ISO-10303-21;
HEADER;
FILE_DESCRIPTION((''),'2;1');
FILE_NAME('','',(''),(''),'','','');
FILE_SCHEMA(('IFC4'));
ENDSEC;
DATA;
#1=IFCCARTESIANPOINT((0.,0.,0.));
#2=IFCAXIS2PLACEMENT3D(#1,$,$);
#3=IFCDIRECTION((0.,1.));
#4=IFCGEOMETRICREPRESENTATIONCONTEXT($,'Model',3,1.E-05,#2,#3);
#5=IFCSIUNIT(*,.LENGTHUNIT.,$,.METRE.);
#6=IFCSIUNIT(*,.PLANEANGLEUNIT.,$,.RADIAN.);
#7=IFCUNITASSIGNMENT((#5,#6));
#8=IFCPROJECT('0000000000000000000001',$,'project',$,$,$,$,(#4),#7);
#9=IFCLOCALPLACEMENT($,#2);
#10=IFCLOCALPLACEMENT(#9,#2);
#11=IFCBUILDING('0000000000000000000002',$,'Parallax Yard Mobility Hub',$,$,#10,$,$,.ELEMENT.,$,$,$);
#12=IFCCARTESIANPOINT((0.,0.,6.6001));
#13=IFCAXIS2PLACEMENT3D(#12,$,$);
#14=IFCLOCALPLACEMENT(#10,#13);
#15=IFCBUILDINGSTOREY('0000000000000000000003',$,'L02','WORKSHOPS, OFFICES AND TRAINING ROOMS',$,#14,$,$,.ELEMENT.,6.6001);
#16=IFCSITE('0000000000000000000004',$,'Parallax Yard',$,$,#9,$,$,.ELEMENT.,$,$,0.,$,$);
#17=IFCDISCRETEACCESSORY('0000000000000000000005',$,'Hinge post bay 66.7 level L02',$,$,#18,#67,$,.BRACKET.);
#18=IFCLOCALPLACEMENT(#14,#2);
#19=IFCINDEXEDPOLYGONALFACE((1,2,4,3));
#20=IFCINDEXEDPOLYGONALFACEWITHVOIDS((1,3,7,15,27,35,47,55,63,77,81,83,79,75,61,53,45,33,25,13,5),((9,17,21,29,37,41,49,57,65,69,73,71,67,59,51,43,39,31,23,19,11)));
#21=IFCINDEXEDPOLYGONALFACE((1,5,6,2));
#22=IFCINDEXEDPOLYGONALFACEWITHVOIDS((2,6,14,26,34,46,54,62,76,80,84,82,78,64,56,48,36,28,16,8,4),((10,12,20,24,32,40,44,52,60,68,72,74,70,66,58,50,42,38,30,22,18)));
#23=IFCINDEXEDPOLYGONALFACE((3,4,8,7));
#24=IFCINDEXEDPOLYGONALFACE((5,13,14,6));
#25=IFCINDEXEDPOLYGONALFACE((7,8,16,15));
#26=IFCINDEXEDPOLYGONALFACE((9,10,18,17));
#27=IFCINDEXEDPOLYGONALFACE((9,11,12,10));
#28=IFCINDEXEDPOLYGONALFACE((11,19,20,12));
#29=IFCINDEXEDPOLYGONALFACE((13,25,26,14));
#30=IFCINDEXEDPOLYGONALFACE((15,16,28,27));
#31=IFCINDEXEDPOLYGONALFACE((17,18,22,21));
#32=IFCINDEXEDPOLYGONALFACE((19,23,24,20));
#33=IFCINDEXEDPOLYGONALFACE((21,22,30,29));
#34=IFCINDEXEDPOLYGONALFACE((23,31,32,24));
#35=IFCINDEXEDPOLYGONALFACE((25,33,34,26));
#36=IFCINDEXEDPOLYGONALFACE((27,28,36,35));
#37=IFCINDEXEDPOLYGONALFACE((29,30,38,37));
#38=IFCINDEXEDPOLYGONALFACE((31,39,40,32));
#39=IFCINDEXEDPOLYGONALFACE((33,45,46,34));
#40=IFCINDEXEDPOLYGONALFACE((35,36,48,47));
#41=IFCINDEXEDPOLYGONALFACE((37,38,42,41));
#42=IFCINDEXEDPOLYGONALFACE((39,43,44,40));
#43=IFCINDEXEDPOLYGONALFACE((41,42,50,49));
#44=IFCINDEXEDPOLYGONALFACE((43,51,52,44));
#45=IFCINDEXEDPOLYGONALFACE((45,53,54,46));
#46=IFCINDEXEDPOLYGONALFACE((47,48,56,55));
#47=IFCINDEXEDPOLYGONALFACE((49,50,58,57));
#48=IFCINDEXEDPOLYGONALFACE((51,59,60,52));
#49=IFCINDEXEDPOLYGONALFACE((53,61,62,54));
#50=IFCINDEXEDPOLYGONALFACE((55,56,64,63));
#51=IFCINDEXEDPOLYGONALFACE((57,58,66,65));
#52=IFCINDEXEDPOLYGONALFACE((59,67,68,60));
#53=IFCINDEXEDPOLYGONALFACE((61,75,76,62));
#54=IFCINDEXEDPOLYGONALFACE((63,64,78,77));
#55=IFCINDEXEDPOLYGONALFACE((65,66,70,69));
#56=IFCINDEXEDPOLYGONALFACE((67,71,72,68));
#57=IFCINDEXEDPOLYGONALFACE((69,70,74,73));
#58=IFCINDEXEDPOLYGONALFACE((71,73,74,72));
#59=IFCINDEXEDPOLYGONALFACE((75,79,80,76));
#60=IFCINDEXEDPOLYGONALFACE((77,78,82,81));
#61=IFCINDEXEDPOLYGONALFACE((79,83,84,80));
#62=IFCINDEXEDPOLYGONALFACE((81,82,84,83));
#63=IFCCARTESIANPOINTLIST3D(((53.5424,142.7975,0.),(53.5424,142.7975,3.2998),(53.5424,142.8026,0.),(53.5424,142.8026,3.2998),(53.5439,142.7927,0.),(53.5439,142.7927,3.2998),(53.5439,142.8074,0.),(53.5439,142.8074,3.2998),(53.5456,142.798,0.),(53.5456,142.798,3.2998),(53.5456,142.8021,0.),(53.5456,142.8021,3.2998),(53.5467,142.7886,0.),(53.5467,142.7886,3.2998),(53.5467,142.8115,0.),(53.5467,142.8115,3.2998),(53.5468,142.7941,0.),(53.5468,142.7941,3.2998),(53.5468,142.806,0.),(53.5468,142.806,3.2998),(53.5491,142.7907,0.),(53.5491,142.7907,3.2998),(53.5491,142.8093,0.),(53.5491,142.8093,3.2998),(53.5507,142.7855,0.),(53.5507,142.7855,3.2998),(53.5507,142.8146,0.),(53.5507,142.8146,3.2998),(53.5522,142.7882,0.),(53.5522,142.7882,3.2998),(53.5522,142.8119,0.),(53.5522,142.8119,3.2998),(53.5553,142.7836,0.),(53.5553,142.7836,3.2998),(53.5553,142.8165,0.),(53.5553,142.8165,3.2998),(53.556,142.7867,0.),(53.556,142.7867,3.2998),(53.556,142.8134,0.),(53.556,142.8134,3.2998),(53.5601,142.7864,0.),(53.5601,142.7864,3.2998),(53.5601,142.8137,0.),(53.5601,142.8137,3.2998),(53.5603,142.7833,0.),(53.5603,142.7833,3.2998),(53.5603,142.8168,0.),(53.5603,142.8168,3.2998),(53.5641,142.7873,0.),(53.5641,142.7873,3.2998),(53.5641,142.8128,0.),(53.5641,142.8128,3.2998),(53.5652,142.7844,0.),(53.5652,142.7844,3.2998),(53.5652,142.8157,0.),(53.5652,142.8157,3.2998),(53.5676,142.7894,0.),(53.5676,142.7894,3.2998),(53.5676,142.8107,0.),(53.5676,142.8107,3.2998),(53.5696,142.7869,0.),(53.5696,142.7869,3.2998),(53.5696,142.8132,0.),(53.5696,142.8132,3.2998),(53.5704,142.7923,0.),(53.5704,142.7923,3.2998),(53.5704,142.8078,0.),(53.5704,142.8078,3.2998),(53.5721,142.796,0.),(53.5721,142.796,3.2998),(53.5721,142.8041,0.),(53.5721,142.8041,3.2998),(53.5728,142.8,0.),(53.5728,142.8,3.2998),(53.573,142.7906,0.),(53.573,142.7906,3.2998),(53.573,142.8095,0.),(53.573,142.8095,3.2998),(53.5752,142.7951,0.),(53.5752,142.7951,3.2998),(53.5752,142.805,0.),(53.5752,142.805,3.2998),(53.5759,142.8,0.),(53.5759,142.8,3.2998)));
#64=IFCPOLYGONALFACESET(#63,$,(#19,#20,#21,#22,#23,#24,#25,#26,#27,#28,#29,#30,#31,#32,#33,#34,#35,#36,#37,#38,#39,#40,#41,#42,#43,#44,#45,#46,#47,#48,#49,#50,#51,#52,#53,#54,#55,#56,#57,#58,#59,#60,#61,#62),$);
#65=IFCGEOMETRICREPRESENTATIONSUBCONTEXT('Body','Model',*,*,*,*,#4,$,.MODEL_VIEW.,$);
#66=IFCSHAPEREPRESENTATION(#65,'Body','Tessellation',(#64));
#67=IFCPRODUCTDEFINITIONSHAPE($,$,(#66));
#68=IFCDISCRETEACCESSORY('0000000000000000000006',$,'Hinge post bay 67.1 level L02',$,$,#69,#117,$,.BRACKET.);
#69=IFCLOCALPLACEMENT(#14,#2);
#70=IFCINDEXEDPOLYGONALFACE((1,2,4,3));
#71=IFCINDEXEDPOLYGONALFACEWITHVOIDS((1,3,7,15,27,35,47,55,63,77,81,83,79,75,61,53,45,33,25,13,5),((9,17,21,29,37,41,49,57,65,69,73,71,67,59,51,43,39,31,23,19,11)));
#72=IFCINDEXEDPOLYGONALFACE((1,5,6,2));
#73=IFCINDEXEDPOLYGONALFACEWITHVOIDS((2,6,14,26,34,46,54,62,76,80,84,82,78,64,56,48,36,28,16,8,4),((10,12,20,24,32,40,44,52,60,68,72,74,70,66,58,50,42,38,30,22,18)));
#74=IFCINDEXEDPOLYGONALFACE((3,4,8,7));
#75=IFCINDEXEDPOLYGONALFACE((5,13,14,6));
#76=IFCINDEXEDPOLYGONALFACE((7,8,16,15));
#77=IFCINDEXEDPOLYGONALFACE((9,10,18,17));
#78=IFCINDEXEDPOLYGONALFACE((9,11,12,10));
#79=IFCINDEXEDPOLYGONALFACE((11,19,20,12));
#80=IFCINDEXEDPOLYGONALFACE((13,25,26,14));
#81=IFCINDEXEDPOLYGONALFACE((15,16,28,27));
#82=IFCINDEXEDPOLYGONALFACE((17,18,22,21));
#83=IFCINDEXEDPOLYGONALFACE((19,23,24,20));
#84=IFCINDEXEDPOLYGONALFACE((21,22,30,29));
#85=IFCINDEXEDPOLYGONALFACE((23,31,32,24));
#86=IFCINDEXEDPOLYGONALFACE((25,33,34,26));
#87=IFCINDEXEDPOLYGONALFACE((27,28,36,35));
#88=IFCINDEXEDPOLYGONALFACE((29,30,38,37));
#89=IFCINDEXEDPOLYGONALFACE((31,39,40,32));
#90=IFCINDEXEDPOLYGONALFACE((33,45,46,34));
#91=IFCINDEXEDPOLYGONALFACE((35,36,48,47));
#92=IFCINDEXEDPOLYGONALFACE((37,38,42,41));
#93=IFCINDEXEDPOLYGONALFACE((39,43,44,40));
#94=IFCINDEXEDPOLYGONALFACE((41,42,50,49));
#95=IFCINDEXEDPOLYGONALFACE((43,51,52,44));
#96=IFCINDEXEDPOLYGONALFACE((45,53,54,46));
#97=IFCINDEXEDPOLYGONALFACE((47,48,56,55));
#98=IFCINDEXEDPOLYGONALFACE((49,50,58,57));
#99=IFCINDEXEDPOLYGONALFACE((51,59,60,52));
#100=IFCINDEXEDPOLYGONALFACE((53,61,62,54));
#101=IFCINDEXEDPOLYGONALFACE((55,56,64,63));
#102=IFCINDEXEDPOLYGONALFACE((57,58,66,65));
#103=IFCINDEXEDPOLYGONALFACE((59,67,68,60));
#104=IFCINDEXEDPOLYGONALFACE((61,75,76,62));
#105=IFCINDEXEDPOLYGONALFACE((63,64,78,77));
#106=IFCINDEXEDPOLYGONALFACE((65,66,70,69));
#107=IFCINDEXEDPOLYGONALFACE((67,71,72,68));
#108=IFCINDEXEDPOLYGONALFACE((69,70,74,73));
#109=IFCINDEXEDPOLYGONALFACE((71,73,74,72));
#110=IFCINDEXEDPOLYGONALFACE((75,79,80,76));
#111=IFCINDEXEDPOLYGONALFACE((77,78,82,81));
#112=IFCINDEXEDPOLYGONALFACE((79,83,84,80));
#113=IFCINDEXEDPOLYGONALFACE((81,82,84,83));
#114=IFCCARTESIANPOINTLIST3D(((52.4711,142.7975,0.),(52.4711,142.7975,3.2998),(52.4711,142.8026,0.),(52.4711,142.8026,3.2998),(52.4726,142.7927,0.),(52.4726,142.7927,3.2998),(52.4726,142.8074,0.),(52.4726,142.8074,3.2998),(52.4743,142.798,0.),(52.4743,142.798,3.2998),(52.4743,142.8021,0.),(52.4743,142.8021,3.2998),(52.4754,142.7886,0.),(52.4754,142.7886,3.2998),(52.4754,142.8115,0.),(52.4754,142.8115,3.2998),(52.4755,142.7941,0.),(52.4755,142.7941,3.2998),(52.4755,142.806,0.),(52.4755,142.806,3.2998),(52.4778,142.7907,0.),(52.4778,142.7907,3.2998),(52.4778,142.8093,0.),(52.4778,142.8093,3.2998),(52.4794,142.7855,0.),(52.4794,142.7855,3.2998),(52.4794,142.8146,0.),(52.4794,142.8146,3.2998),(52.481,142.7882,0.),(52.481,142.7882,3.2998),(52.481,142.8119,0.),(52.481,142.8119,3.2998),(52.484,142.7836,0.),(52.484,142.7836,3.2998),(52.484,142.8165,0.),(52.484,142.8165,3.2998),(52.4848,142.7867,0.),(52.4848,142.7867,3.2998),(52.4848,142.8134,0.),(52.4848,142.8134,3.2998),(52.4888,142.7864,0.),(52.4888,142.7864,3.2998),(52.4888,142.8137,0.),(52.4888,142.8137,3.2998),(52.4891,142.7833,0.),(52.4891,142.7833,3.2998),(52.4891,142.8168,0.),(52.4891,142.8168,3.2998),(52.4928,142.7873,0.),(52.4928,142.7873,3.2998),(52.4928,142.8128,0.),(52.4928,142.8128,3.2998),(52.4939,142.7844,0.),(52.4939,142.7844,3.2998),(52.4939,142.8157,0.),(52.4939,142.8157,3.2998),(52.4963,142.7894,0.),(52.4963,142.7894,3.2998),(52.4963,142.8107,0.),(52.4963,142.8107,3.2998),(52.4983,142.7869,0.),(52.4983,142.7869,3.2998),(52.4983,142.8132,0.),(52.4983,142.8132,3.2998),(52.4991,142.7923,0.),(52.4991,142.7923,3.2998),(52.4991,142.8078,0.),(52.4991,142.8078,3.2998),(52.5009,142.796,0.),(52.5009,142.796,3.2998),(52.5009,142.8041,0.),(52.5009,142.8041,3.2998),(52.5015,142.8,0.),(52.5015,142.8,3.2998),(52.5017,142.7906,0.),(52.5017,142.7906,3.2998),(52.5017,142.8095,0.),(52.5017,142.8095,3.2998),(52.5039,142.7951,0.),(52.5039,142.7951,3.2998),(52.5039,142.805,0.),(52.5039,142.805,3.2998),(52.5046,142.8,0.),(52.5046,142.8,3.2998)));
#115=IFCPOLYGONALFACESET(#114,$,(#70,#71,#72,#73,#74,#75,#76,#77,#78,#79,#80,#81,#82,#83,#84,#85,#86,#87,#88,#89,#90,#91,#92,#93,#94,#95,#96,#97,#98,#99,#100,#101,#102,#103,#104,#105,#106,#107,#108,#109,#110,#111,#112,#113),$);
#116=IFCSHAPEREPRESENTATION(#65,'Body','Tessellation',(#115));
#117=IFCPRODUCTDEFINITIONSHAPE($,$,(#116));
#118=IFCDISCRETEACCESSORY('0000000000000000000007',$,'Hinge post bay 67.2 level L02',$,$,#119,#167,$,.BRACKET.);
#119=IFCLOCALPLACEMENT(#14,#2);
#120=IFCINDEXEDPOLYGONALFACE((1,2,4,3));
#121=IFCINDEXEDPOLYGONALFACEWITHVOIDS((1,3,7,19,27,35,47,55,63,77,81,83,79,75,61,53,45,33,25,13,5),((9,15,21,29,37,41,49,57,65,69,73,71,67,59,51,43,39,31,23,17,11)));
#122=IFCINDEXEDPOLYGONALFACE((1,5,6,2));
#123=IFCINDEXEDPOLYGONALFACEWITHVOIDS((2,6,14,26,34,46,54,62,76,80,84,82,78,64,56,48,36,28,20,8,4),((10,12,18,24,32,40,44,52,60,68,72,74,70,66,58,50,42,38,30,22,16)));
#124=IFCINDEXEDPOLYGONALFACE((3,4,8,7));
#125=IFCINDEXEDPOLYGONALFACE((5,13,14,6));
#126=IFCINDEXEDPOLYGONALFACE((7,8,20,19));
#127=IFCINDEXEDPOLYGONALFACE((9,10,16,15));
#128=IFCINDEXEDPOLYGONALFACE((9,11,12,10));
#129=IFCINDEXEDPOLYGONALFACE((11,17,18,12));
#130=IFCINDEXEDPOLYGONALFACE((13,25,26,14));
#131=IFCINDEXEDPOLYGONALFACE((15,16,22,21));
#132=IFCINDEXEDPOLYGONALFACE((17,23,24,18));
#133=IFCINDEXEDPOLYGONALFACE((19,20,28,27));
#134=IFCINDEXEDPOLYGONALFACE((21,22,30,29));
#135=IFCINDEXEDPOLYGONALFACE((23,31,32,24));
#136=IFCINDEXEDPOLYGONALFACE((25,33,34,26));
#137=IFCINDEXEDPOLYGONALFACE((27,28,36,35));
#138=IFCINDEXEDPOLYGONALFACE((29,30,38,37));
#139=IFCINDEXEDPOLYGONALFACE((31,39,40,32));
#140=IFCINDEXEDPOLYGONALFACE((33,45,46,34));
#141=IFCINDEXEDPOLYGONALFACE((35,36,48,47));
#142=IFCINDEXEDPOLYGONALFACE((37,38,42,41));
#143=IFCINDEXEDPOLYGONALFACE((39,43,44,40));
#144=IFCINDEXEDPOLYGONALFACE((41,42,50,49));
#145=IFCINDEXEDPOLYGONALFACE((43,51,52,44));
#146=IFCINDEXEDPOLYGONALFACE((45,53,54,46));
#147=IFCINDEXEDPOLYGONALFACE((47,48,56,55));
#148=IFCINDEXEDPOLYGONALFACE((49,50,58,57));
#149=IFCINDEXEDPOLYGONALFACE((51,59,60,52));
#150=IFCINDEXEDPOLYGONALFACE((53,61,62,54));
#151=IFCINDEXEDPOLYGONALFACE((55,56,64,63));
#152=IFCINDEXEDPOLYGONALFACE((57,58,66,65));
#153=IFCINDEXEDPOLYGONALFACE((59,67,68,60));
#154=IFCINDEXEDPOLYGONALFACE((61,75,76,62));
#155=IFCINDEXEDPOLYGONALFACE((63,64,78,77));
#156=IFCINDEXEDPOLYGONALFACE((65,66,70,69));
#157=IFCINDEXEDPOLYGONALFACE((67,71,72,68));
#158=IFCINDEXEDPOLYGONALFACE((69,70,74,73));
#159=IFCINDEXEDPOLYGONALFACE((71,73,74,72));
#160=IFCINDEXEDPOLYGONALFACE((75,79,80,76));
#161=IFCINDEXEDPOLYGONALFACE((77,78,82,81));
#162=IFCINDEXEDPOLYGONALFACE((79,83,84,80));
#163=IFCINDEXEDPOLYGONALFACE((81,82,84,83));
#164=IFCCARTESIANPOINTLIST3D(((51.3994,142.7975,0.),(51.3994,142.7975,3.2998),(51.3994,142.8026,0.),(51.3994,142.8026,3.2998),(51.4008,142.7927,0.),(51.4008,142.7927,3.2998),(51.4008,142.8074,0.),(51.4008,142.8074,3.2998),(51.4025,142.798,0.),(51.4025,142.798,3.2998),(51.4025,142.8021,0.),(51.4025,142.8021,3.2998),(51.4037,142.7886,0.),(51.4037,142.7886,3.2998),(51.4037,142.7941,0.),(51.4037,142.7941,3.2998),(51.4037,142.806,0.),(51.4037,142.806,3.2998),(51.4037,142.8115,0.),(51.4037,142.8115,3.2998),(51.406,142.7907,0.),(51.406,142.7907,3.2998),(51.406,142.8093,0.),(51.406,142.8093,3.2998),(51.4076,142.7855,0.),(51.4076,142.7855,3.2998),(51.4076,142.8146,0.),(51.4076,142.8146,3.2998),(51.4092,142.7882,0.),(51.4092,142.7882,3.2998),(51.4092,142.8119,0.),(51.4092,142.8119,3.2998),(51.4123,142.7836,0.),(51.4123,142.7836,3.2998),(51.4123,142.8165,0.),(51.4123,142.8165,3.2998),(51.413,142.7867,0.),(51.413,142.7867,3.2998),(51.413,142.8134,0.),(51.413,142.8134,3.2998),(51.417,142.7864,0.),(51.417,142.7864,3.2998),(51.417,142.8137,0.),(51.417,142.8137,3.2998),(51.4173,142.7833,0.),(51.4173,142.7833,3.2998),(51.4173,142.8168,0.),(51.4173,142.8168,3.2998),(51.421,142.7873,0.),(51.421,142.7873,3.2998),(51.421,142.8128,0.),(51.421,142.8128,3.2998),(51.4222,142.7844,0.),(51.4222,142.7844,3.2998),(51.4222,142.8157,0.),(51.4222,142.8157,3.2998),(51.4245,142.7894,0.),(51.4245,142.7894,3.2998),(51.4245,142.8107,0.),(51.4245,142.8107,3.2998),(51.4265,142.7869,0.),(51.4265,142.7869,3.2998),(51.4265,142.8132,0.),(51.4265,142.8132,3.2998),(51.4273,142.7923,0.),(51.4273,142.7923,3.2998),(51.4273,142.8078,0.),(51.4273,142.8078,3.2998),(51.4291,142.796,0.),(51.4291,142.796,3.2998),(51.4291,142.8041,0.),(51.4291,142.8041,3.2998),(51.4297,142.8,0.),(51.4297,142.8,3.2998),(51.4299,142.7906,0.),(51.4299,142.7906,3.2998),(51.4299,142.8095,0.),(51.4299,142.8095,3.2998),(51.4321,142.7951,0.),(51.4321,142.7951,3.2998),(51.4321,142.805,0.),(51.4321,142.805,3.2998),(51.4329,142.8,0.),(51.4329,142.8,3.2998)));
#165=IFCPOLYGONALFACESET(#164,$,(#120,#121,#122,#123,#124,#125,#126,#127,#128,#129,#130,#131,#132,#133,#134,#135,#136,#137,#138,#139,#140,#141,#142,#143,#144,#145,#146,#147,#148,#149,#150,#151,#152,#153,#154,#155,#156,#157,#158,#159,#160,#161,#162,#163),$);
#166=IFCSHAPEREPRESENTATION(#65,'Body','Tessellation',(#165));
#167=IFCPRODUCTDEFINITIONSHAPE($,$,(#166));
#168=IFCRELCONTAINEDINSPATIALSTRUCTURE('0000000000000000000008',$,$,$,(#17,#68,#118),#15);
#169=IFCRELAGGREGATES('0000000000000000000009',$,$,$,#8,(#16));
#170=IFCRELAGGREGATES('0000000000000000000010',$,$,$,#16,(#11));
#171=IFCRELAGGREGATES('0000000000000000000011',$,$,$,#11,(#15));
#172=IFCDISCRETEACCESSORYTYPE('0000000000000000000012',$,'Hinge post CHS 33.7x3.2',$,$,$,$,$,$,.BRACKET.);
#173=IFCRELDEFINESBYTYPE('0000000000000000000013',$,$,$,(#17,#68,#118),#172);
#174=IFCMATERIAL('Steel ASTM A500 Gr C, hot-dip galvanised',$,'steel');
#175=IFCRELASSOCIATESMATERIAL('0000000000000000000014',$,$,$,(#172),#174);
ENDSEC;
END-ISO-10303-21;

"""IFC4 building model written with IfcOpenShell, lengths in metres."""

from ifc_helpers import new_model, si_unit, direction, frame, origin, origin_2d, place, context, subcontext, project, spatial, hollow_circle, extrude, material, material_profile, profile_set, type_object, element, save


model = new_model("IFC4")

# Units and contexts
model_context = context("Model", 3, precision=1e-05, world=origin(), true_north=direction((0.0, 1.0)))
body_context = subcontext(model_context, "Body", "Model", "MODEL_VIEW")
ifc_project = project(units=[si_unit("LENGTHUNIT", "METRE"), si_unit("PLANEANGLEUNIT", "RADIAN")], contexts=[model_context])

# Site, building, storey
site_placement = place(None, origin())
site = spatial("IfcSite", under=ifc_project, at=site_placement, Name="Parallax Yard", CompositionType="ELEMENT", RefElevation=0.0)
building_placement = place(site_placement, origin())
building = spatial("IfcBuilding", under=site, at=building_placement, Name="Parallax Yard Mobility Hub", CompositionType="ELEMENT")
storey_placement = place(building_placement, frame((0.0, 0.0, 6.6001)))
storey = spatial("IfcBuildingStorey", under=building, at=storey_placement, Name="L02", Description="WORKSHOPS, OFFICES AND TRAINING ROOMS", CompositionType="ELEMENT", Elevation=6.6001)

# Discrete accessories
ifc_material_1 = material(Name="Steel ASTM A500 Gr C, hot-dip galvanised", Category="steel")
ifc_material_profile_1 = material_profile(ifc_material_1, hollow_circle(Radius=0.0168, WallThickness=0.0032, at=origin_2d()), Name="CHS 33.7x3.2")
ifc_profile_set_1 = profile_set([ifc_material_profile_1], Name="Steel ASTM A500 Gr C, hot-dip galvanised")
discrete_accessory_type_1 = type_object("IfcDiscreteAccessoryType", Name="Hinge post CHS 33.7x3.2", PredefinedType="BRACKET", material=ifc_profile_set_1)
for number, where, z_axis, x_axis, name in (
    (1, (53.5591, 142.8, 0.0), (0.0, 0.0, 1.0), (1.0, 0.0, 0.0), "Hinge post bay 66.7 level L02"),
    (2, (52.4878, 142.8, 0.0), (0.0, 0.0, 1.0), (1.0, 0.0, 0.0), "Hinge post bay 67.1 level L02"),
    (3, (51.416, 142.8, 0.0), (0.0, 0.0, 1.0), (1.0, 0.0, 0.0), "Hinge post bay 67.2 level L02"),
):
    element("IfcDiscreteAccessory", number, at=place(storey_placement, frame(where, z_axis=z_axis, x_axis=x_axis)), inside=storey, type_object=discrete_accessory_type_1, Name=name, PredefinedType="BRACKET", context=body_context, shape_type="SweptSolid", body=[
        extrude(hollow_circle(Radius=0.0168, WallThickness=0.0032, at=origin_2d()), origin(), (0.0, 0.0, 1.0), 3.2998),
    ])

save(model, "model.ifc")
